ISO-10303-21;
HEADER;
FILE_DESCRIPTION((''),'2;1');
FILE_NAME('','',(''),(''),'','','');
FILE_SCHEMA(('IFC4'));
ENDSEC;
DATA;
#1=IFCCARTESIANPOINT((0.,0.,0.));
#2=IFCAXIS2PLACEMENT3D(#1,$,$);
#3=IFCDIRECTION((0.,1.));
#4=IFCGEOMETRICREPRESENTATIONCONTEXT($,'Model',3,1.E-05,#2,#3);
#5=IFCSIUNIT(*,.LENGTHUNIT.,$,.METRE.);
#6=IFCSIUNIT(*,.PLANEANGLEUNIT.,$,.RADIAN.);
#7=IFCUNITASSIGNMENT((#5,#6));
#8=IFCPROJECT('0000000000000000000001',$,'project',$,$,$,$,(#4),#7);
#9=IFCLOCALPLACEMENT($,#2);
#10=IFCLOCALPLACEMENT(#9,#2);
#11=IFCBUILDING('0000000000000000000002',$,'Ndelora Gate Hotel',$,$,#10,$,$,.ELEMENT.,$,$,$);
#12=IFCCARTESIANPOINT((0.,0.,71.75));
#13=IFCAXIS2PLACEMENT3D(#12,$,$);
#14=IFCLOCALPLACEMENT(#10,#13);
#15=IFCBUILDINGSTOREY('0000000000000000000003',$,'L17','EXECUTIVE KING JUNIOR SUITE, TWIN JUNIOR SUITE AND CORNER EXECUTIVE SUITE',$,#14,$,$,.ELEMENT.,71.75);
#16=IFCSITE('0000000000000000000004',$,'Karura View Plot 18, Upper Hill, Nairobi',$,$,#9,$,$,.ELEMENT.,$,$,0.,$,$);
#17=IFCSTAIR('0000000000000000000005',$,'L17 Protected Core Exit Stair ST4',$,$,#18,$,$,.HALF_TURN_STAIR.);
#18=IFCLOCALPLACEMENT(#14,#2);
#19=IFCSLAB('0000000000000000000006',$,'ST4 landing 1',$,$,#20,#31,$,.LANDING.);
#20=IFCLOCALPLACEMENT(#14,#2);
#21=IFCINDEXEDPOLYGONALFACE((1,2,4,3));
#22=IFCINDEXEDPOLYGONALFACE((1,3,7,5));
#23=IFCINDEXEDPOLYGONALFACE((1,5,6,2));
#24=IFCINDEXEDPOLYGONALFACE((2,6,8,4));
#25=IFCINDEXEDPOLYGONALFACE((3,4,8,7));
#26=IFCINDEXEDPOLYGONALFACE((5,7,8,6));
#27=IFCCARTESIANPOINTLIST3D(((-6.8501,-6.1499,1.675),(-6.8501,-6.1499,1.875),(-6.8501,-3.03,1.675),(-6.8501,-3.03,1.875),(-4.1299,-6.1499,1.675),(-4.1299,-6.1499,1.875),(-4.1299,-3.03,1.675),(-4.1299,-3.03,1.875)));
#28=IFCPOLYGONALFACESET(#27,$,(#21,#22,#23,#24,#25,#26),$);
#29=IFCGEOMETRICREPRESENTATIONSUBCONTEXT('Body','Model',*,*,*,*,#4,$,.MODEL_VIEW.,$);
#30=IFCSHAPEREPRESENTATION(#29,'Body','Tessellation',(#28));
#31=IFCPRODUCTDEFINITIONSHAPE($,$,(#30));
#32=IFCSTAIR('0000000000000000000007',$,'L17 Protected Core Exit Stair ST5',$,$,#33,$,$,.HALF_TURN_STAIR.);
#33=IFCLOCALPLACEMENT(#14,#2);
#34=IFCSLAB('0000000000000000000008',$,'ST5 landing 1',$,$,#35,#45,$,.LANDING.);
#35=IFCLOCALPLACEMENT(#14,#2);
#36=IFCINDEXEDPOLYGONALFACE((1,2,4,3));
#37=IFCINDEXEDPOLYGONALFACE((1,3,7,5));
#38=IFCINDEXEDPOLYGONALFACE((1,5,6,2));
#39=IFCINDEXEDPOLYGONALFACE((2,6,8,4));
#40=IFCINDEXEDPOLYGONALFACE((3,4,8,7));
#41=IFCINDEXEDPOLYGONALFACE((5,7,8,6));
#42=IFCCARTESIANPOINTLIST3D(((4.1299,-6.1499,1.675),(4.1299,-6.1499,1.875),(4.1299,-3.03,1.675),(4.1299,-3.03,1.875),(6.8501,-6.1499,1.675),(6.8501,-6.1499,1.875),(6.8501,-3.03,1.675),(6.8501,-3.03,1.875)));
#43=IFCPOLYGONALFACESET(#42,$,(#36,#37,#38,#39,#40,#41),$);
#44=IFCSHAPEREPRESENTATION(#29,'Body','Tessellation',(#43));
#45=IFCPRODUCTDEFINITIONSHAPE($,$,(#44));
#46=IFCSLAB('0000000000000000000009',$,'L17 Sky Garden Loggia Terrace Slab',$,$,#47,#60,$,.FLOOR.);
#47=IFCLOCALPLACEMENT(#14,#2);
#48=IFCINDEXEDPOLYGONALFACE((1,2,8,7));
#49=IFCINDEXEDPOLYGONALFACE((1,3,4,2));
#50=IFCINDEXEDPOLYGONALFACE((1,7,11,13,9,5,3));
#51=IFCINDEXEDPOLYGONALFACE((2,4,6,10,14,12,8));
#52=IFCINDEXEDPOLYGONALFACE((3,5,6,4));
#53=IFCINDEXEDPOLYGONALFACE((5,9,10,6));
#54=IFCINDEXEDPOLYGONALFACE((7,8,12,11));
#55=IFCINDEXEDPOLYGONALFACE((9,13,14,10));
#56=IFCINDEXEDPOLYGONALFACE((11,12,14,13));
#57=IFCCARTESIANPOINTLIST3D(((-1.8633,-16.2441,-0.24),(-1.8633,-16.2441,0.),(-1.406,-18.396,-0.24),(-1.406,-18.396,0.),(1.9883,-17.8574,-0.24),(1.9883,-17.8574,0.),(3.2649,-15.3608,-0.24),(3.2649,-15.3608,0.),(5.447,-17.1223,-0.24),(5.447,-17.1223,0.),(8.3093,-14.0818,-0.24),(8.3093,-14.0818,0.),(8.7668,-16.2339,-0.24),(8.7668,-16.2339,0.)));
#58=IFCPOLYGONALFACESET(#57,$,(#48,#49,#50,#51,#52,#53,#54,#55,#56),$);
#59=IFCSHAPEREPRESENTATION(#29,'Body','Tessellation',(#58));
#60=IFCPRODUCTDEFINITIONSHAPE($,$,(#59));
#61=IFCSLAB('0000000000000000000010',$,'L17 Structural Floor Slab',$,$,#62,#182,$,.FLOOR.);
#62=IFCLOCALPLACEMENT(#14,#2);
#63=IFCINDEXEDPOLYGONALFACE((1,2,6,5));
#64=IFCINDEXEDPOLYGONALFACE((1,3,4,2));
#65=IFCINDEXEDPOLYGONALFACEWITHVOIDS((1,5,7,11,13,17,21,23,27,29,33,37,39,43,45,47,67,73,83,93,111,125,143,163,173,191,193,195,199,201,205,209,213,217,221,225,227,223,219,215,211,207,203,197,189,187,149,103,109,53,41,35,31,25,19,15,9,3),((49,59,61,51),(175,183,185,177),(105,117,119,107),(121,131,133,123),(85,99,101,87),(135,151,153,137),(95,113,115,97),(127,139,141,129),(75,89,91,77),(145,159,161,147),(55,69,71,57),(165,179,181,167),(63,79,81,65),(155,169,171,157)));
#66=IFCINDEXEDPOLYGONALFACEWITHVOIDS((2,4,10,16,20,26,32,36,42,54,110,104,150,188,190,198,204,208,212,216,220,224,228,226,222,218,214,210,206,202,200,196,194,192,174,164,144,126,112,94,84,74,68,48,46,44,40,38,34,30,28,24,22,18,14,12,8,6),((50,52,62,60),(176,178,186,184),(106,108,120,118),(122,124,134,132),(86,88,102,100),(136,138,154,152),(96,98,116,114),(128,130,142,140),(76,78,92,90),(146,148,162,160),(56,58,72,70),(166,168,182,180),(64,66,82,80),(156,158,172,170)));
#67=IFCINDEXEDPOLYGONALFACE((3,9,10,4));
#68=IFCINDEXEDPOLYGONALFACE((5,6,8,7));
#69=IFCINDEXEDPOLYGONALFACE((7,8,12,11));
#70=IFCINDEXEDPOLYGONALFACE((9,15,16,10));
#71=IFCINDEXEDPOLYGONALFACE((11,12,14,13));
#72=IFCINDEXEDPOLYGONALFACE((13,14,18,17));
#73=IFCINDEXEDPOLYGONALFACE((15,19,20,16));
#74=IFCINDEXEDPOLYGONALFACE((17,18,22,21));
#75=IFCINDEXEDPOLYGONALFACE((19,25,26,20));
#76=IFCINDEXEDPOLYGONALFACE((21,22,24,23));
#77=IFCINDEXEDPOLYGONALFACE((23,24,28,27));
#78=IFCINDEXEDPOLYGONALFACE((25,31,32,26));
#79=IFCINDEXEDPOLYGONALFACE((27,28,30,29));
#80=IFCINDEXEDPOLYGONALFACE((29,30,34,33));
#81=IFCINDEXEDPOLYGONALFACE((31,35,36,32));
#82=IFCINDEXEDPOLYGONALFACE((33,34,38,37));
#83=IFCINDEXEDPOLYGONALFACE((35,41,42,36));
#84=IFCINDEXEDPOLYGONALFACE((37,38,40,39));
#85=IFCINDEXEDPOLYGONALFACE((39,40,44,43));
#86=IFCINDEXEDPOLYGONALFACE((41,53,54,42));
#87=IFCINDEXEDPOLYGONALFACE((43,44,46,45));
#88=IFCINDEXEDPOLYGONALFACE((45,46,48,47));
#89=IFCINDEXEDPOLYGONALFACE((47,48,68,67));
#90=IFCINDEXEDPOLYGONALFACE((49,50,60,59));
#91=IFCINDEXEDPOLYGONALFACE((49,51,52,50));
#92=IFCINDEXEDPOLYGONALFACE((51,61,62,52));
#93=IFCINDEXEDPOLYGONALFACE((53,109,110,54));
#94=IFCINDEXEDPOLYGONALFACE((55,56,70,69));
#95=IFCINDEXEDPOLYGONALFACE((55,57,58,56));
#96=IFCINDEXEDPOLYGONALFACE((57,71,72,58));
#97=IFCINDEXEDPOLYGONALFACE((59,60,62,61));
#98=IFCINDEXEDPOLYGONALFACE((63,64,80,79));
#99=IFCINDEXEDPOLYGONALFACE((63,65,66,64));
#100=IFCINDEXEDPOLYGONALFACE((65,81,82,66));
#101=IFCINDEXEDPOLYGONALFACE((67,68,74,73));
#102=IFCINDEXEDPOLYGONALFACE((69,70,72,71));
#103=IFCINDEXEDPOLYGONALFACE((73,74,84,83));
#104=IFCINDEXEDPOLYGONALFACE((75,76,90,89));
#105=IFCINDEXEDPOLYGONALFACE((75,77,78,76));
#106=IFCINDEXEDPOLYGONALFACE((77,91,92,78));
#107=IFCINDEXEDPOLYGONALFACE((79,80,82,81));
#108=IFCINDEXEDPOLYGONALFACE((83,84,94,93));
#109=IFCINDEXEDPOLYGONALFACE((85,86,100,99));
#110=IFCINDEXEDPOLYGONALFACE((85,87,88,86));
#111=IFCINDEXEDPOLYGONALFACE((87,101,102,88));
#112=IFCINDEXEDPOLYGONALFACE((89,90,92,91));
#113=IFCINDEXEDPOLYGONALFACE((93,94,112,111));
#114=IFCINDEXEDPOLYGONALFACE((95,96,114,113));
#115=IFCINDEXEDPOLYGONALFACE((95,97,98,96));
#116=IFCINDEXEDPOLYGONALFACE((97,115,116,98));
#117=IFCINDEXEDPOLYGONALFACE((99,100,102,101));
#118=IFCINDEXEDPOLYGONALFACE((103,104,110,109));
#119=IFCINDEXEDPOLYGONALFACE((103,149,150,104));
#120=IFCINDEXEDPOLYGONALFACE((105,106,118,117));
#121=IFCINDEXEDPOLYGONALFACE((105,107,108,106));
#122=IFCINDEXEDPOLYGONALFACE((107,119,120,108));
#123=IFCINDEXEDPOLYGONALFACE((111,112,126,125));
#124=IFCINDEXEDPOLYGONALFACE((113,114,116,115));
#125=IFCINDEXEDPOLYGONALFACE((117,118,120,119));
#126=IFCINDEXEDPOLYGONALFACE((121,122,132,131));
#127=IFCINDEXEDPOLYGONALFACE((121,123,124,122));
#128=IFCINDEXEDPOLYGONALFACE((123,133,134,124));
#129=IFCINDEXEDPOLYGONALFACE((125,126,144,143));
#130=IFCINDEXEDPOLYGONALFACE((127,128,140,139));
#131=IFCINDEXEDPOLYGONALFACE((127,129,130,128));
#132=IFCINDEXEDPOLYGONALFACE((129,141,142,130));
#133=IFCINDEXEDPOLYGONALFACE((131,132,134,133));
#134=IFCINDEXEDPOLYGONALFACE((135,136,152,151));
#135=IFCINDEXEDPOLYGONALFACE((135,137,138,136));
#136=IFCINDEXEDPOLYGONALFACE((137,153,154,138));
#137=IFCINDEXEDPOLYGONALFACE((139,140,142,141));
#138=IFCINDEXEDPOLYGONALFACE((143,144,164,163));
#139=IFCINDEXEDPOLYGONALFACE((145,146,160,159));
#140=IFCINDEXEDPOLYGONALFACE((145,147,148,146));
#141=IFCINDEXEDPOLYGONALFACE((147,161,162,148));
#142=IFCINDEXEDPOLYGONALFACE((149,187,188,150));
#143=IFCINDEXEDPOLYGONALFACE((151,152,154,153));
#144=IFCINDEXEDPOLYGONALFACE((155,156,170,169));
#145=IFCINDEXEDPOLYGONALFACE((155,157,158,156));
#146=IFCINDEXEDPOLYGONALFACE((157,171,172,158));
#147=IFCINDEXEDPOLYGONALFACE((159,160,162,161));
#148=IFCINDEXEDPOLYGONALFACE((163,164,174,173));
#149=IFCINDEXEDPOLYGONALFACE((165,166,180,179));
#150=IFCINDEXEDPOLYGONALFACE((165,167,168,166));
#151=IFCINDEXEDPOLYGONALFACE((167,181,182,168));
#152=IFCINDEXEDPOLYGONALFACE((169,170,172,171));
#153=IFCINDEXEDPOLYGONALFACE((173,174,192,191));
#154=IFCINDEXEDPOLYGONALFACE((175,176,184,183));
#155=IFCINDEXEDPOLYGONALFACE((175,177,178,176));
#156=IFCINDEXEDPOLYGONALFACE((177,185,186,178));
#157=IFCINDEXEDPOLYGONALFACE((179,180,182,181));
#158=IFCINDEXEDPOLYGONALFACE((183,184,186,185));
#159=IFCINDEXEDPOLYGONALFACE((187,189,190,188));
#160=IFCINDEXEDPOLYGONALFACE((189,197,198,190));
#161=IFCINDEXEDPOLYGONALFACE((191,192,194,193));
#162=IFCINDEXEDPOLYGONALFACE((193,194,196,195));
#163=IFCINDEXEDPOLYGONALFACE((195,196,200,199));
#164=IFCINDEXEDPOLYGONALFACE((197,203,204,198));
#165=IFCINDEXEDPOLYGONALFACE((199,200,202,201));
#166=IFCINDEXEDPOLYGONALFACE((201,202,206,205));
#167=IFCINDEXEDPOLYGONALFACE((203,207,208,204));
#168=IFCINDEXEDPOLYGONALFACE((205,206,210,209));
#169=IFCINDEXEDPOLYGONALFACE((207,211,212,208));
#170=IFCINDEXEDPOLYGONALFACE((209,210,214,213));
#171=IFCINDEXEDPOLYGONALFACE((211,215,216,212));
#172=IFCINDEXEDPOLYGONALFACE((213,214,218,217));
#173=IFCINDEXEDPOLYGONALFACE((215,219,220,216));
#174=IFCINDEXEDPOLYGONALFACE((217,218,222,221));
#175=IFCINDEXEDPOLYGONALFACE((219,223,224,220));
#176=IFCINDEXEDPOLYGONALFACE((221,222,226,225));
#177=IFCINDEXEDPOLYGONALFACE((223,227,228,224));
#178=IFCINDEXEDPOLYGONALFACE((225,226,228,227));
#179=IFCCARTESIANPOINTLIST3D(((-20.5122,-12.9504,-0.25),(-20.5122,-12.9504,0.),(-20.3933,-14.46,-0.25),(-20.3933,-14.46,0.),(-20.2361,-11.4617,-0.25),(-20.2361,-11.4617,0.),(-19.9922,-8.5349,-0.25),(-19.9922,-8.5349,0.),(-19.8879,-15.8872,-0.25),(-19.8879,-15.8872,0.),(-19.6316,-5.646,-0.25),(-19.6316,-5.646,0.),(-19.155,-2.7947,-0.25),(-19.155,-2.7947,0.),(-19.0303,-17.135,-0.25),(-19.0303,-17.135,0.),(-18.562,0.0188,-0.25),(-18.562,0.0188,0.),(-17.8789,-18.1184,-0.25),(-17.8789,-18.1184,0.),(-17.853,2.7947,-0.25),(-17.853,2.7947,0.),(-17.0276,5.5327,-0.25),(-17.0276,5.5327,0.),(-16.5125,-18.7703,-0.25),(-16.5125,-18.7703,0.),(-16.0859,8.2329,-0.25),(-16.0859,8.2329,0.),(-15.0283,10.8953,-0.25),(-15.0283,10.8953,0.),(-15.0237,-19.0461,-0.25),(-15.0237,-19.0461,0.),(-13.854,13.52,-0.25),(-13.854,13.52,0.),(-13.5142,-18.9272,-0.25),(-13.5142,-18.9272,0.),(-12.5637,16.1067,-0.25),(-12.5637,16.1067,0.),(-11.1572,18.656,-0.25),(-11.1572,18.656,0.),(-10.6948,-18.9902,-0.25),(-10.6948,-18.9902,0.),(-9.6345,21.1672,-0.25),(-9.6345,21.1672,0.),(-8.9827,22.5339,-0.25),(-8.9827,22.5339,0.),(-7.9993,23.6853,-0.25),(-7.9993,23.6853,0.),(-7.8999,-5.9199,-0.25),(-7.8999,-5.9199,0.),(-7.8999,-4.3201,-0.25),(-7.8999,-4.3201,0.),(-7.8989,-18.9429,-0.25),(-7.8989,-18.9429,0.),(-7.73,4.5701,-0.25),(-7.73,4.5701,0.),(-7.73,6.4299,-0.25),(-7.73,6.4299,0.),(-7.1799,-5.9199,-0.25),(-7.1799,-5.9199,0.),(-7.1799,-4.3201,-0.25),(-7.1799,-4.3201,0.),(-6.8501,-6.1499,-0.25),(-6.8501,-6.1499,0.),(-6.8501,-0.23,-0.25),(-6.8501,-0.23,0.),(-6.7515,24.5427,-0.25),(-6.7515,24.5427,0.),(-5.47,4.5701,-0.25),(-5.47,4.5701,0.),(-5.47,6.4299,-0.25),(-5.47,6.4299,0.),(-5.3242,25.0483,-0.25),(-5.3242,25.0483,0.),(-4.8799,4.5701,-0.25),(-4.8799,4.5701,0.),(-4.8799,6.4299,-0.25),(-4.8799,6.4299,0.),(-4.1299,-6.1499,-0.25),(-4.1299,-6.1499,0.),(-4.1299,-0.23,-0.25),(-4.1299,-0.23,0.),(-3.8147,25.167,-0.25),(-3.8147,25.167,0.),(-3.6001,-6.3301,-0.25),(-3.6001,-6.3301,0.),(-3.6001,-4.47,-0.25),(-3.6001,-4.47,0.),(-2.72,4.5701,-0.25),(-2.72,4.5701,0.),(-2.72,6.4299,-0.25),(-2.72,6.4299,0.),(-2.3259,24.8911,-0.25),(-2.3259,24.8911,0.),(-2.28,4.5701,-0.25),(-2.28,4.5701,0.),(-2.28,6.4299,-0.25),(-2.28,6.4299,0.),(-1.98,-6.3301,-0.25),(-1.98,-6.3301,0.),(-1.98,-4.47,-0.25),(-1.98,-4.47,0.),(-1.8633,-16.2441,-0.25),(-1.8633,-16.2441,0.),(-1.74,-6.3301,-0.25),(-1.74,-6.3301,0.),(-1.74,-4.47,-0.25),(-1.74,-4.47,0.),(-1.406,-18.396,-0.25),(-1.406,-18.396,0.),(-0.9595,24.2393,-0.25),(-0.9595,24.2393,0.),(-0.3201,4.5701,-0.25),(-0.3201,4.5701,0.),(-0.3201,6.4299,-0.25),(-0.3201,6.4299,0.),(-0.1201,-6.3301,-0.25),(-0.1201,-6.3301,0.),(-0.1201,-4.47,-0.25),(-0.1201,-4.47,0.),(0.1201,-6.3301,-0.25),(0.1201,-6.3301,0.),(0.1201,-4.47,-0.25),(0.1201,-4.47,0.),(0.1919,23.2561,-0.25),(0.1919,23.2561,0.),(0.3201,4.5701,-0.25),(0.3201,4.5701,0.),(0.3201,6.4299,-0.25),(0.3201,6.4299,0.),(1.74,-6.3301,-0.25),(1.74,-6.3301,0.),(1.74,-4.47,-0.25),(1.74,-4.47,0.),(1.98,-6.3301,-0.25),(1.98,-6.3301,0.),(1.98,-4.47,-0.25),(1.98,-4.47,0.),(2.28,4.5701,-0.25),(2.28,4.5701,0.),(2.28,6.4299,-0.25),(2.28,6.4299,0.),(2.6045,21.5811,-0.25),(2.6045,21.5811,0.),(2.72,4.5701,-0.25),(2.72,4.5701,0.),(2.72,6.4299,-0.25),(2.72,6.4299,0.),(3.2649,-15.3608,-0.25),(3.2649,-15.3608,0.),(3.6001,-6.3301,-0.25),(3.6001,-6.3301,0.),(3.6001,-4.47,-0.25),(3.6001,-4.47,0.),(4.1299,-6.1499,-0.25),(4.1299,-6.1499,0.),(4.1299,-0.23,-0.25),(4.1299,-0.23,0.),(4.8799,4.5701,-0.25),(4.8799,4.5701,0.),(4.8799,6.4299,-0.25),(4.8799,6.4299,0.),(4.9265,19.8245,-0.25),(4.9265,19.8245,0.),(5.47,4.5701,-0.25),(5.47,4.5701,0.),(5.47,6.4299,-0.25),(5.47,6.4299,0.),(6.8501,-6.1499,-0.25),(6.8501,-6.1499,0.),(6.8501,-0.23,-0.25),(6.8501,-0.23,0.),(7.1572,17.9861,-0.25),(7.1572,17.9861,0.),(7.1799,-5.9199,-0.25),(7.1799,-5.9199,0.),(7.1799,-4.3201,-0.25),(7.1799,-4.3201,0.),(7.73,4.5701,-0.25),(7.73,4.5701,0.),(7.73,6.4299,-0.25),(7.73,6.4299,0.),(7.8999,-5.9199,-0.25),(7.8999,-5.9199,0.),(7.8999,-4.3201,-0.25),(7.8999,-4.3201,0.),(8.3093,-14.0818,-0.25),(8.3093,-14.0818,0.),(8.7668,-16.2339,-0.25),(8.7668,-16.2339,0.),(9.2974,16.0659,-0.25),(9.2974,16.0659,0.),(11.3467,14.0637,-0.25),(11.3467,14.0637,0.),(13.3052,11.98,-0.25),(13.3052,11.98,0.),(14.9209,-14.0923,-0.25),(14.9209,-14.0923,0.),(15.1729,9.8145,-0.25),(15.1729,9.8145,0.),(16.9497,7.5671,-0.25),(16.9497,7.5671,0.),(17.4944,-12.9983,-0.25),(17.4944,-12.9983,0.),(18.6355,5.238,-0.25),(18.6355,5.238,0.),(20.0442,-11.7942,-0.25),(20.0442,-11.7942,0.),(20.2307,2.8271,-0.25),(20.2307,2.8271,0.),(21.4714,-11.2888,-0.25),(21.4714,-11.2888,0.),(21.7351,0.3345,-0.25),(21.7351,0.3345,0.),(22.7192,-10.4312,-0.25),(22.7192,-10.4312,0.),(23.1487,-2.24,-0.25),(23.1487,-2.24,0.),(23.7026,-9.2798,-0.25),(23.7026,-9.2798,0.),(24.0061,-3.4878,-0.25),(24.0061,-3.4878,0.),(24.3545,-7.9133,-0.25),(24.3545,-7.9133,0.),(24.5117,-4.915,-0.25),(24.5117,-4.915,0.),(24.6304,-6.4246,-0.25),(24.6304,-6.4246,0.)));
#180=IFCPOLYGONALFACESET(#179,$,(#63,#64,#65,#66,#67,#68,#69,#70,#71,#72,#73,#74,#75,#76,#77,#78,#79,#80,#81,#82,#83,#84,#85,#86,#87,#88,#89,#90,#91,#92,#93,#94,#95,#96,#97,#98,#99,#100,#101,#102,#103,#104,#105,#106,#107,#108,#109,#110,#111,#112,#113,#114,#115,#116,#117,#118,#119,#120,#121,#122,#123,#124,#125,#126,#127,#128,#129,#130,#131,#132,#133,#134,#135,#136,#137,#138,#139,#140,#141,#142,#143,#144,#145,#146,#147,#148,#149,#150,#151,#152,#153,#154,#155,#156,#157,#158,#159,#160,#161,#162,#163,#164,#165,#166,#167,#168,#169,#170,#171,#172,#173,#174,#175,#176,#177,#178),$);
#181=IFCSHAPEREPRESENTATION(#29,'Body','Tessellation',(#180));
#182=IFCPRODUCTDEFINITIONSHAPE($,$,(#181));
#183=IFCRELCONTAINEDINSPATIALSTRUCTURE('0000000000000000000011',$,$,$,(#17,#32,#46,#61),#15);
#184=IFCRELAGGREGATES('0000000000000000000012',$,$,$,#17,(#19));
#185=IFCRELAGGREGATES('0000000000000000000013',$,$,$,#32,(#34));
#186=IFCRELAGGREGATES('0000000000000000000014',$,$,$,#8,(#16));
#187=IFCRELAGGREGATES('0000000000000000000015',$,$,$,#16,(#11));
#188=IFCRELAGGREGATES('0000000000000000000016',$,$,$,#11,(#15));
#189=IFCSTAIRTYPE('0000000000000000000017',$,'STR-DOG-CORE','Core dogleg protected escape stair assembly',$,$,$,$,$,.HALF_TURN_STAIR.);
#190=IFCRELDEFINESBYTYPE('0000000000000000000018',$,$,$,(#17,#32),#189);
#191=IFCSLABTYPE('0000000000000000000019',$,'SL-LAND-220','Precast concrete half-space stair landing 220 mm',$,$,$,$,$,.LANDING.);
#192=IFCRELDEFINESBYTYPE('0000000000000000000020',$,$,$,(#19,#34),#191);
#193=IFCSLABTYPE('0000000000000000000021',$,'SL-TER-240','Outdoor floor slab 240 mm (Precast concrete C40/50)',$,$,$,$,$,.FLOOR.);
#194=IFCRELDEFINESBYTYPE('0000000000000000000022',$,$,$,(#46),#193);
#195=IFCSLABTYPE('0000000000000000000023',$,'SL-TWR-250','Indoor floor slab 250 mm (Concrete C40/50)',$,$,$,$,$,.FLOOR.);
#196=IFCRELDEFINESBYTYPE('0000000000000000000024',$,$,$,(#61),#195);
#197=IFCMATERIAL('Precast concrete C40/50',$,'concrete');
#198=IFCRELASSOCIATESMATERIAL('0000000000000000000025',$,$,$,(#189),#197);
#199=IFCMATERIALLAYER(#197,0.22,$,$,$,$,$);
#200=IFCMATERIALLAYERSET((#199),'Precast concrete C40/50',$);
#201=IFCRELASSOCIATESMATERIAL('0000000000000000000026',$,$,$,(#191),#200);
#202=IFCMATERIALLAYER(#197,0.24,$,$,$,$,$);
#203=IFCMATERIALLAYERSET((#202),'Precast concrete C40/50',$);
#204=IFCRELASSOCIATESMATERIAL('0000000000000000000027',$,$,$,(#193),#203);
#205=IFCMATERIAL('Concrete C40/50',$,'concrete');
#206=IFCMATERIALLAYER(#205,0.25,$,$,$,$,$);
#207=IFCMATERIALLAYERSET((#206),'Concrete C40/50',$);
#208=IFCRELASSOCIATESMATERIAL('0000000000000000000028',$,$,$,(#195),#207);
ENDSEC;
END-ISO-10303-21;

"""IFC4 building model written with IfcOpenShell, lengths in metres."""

from ifc_helpers import new_model, si_unit, direction, frame, origin, place, context, subcontext, project, spatial, polyline, outline, extrude, material, layer, layer_set, type_object, element, aggregate, save


model = new_model("IFC4")

# Units and contexts
model_context = context("Model", 3, precision=1e-05, world=origin(), true_north=direction((0.0, 1.0)))
body_context = subcontext(model_context, "Body", "Model", "MODEL_VIEW")
ifc_project = project(units=[si_unit("LENGTHUNIT", "METRE"), si_unit("PLANEANGLEUNIT", "RADIAN")], contexts=[model_context])

# Site, building, storey
site_placement = place(None, origin())
site = spatial("IfcSite", under=ifc_project, at=site_placement, Name="Karura View Plot 18, Upper Hill, Nairobi", CompositionType="ELEMENT", RefElevation=0.0)
building_placement = place(site_placement, origin())
building = spatial("IfcBuilding", under=site, at=building_placement, Name="Ndelora Gate Hotel", CompositionType="ELEMENT")
storey_placement = place(building_placement, frame((0.0, 0.0, 71.75)))
storey = spatial("IfcBuildingStorey", under=building, at=storey_placement, Name="L17", Description="EXECUTIVE KING JUNIOR SUITE, TWIN JUNIOR SUITE AND CORNER EXECUTIVE SUITE", CompositionType="ELEMENT", Elevation=71.75)

# Stairs, slabs
ifc_material_1 = material(Name="Precast concrete C40/50", Category="concrete")
stair_type = type_object("IfcStairType", Name="STR-DOG-CORE", Description="Core dogleg protected escape stair assembly", PredefinedType="HALF_TURN_STAIR", material=ifc_material_1)
stair_1_placement = place(storey_placement, origin())
stair_1 = element("IfcStair", 1, at=stair_1_placement, inside=storey, type_object=stair_type, Name="L17 Protected Core Exit Stair ST4", PredefinedType="HALF_TURN_STAIR")
ifc_layer_1 = layer(ifc_material_1, 0.22)
ifc_layer_set_1 = layer_set([ifc_layer_1], Name="Precast concrete C40/50")
slab_type_1 = type_object("IfcSlabType", Name="SL-LAND-220", Description="Precast concrete half-space stair landing 220 mm", PredefinedType="LANDING", material=ifc_layer_set_1)
slab_1_placement = place(storey_placement, frame((0.0, 0.0, 1.675)))
slab_1 = element("IfcSlab", 2, at=slab_1_placement, type_object=slab_type_1, Name="ST4 landing 1", PredefinedType="LANDING", context=body_context, shape_type="SweptSolid", body=[
    extrude(outline(polyline([(-6.8501, -3.03), (-6.8501, -6.1499), (-4.1299, -6.1499), (-4.1299, -3.03), (-6.8501, -3.03)])), origin(), (0.0, 0.0, 1.0), 0.2),
])
aggregate(stair_1, [slab_1])
stair_2_placement = place(storey_placement, origin())
stair_2 = element("IfcStair", 3, at=stair_2_placement, inside=storey, type_object=stair_type, Name="L17 Protected Core Exit Stair ST5", PredefinedType="HALF_TURN_STAIR")
slab_2_placement = place(storey_placement, frame((0.0, 0.0, 1.675)))
slab_2 = element("IfcSlab", 4, at=slab_2_placement, type_object=slab_type_1, Name="ST5 landing 1", PredefinedType="LANDING", context=body_context, shape_type="SweptSolid", body=[
    extrude(outline(polyline([(4.1299, -3.03), (4.1299, -6.1499), (6.8501, -6.1499), (6.8501, -3.03), (4.1299, -3.03)])), origin(), (0.0, 0.0, 1.0), 0.2),
])

# Slabs
ifc_layer_2 = layer(ifc_material_1, 0.24)
ifc_layer_set_2 = layer_set([ifc_layer_2], Name="Precast concrete C40/50")
slab_type_2 = type_object("IfcSlabType", Name="SL-TER-240", Description="Outdoor floor slab 240 mm (Precast concrete C40/50)", PredefinedType="FLOOR", material=ifc_layer_set_2)
slab_3_placement = place(storey_placement, frame((0.0, 0.0, -0.24)))
element("IfcSlab", 5, at=slab_3_placement, inside=storey, type_object=slab_type_2, Name="L17 Sky Garden Loggia Terrace Slab", PredefinedType="FLOOR", context=body_context, shape_type="SweptSolid", body=[
    extrude(outline(polyline([(-1.8633, -16.2441), (-1.406, -18.396), (1.9883, -17.8574), (5.447, -17.1223), (8.7668, -16.2339), (8.3093, -14.0818), (3.2649, -15.3608), (-1.8633, -16.2441)])), origin(), (0.0, 0.0, 1.0), 0.24),
])
ifc_material_2 = material(Name="Concrete C40/50", Category="concrete")
ifc_layer_3 = layer(ifc_material_2, 0.25)
ifc_layer_set_3 = layer_set([ifc_layer_3], Name="Concrete C40/50")
slab_type_3 = type_object("IfcSlabType", Name="SL-TWR-250", Description="Indoor floor slab 250 mm (Concrete C40/50)", PredefinedType="FLOOR", material=ifc_layer_set_3)
slab_4_placement = place(storey_placement, frame((0.0, 0.0, -0.25)))
element("IfcSlab", 6, at=slab_4_placement, inside=storey, type_object=slab_type_3, Name="L17 Structural Floor Slab", PredefinedType="FLOOR", context=body_context, shape_type="SweptSolid", body=[
    extrude(outline(polyline([(0.1919, 23.2561), (-0.9595, 24.2393), (-2.3259, 24.8911), (-3.8147, 25.167), (-5.3242, 25.0483), (-6.7515, 24.5427), (-7.9993, 23.6853), (-8.9827, 22.5339), (-9.6345, 21.1672), (-11.1572, 18.656), (-12.5637, 16.1067), (-13.854, 13.52), (-15.0283, 10.8953), (-16.0859, 8.2329), (-17.0276, 5.5327), (-17.853, 2.7947), (-18.562, 0.0188), (-19.155, -2.7947), (-19.6316, -5.646), (-19.9922, -8.5349), (-20.2361, -11.4617), (-20.5122, -12.9504), (-20.3933, -14.46), (-19.8879, -15.8872), (-19.0303, -17.135), (-17.8789, -18.1184), (-16.5125, -18.7703), (-15.0237, -19.0461), (-13.5142, -18.9272), (-10.6948, -18.9902), (-7.8989, -18.9429), (-1.406, -18.396), (-1.8633, -16.2441), (3.2649, -15.3608), (8.3093, -14.0818), (8.7668, -16.2339), (14.9209, -14.0923), (17.4944, -12.9983), (20.0442, -11.7942), (21.4714, -11.2888), (22.7192, -10.4312), (23.7026, -9.2798), (24.3545, -7.9133), (24.6304, -6.4246), (24.5117, -4.915), (24.0061, -3.4878), (23.1487, -2.24), (21.7351, 0.3345), (20.2307, 2.8271), (18.6355, 5.238), (16.9497, 7.5671), (15.1729, 9.8145), (13.3052, 11.98), (11.3467, 14.0637), (9.2974, 16.0659), (7.1572, 17.9861), (4.9265, 19.8245), (2.6045, 21.5811), (0.1919, 23.2561)]), holes=[polyline([(-6.8501, -0.23), (-6.8501, -6.1499), (-4.1299, -6.1499), (-4.1299, -0.23), (-6.8501, -0.23)]), polyline([(4.1299, -0.23), (4.1299, -6.1499), (6.8501, -6.1499), (6.8501, -0.23), (4.1299, -0.23)]), polyline([(-7.73, 4.5701), (-5.47, 4.5701), (-5.47, 6.4299), (-7.73, 6.4299), (-7.73, 4.5701)]), polyline([(5.47, 4.5701), (7.73, 4.5701), (7.73, 6.4299), (5.47, 6.4299), (5.47, 4.5701)]), polyline([(-4.8799, 4.5701), (-2.72, 4.5701), (-2.72, 6.4299), (-4.8799, 6.4299), (-4.8799, 4.5701)]), polyline([(2.72, 4.5701), (4.8799, 4.5701), (4.8799, 6.4299), (2.72, 6.4299), (2.72, 4.5701)]), polyline([(-3.6001, -6.3301), (-1.98, -6.3301), (-1.98, -4.47), (-3.6001, -4.47), (-3.6001, -6.3301)]), polyline([(-1.74, -6.3301), (-0.1201, -6.3301), (-0.1201, -4.47), (-1.74, -4.47), (-1.74, -6.3301)]), polyline([(0.1201, -6.3301), (1.74, -6.3301), (1.74, -4.47), (0.1201, -4.47), (0.1201, -6.3301)]), polyline([(1.98, -6.3301), (3.6001, -6.3301), (3.6001, -4.47), (1.98, -4.47), (1.98, -6.3301)]), polyline([(-2.28, 4.5701), (-0.3201, 4.5701), (-0.3201, 6.4299), (-2.28, 6.4299), (-2.28, 4.5701)]), polyline([(0.3201, 4.5701), (2.28, 4.5701), (2.28, 6.4299), (0.3201, 6.4299), (0.3201, 4.5701)]), polyline([(-7.8999, -5.9199), (-7.1799, -5.9199), (-7.1799, -4.3201), (-7.8999, -4.3201), (-7.8999, -5.9199)]), polyline([(7.1799, -5.9199), (7.8999, -5.9199), (7.8999, -4.3201), (7.1799, -4.3201), (7.1799, -5.9199)])]), origin(), (0.0, 0.0, 1.0), 0.25),
])

aggregate(stair_2, [slab_2])

save(model, "model.ifc")
